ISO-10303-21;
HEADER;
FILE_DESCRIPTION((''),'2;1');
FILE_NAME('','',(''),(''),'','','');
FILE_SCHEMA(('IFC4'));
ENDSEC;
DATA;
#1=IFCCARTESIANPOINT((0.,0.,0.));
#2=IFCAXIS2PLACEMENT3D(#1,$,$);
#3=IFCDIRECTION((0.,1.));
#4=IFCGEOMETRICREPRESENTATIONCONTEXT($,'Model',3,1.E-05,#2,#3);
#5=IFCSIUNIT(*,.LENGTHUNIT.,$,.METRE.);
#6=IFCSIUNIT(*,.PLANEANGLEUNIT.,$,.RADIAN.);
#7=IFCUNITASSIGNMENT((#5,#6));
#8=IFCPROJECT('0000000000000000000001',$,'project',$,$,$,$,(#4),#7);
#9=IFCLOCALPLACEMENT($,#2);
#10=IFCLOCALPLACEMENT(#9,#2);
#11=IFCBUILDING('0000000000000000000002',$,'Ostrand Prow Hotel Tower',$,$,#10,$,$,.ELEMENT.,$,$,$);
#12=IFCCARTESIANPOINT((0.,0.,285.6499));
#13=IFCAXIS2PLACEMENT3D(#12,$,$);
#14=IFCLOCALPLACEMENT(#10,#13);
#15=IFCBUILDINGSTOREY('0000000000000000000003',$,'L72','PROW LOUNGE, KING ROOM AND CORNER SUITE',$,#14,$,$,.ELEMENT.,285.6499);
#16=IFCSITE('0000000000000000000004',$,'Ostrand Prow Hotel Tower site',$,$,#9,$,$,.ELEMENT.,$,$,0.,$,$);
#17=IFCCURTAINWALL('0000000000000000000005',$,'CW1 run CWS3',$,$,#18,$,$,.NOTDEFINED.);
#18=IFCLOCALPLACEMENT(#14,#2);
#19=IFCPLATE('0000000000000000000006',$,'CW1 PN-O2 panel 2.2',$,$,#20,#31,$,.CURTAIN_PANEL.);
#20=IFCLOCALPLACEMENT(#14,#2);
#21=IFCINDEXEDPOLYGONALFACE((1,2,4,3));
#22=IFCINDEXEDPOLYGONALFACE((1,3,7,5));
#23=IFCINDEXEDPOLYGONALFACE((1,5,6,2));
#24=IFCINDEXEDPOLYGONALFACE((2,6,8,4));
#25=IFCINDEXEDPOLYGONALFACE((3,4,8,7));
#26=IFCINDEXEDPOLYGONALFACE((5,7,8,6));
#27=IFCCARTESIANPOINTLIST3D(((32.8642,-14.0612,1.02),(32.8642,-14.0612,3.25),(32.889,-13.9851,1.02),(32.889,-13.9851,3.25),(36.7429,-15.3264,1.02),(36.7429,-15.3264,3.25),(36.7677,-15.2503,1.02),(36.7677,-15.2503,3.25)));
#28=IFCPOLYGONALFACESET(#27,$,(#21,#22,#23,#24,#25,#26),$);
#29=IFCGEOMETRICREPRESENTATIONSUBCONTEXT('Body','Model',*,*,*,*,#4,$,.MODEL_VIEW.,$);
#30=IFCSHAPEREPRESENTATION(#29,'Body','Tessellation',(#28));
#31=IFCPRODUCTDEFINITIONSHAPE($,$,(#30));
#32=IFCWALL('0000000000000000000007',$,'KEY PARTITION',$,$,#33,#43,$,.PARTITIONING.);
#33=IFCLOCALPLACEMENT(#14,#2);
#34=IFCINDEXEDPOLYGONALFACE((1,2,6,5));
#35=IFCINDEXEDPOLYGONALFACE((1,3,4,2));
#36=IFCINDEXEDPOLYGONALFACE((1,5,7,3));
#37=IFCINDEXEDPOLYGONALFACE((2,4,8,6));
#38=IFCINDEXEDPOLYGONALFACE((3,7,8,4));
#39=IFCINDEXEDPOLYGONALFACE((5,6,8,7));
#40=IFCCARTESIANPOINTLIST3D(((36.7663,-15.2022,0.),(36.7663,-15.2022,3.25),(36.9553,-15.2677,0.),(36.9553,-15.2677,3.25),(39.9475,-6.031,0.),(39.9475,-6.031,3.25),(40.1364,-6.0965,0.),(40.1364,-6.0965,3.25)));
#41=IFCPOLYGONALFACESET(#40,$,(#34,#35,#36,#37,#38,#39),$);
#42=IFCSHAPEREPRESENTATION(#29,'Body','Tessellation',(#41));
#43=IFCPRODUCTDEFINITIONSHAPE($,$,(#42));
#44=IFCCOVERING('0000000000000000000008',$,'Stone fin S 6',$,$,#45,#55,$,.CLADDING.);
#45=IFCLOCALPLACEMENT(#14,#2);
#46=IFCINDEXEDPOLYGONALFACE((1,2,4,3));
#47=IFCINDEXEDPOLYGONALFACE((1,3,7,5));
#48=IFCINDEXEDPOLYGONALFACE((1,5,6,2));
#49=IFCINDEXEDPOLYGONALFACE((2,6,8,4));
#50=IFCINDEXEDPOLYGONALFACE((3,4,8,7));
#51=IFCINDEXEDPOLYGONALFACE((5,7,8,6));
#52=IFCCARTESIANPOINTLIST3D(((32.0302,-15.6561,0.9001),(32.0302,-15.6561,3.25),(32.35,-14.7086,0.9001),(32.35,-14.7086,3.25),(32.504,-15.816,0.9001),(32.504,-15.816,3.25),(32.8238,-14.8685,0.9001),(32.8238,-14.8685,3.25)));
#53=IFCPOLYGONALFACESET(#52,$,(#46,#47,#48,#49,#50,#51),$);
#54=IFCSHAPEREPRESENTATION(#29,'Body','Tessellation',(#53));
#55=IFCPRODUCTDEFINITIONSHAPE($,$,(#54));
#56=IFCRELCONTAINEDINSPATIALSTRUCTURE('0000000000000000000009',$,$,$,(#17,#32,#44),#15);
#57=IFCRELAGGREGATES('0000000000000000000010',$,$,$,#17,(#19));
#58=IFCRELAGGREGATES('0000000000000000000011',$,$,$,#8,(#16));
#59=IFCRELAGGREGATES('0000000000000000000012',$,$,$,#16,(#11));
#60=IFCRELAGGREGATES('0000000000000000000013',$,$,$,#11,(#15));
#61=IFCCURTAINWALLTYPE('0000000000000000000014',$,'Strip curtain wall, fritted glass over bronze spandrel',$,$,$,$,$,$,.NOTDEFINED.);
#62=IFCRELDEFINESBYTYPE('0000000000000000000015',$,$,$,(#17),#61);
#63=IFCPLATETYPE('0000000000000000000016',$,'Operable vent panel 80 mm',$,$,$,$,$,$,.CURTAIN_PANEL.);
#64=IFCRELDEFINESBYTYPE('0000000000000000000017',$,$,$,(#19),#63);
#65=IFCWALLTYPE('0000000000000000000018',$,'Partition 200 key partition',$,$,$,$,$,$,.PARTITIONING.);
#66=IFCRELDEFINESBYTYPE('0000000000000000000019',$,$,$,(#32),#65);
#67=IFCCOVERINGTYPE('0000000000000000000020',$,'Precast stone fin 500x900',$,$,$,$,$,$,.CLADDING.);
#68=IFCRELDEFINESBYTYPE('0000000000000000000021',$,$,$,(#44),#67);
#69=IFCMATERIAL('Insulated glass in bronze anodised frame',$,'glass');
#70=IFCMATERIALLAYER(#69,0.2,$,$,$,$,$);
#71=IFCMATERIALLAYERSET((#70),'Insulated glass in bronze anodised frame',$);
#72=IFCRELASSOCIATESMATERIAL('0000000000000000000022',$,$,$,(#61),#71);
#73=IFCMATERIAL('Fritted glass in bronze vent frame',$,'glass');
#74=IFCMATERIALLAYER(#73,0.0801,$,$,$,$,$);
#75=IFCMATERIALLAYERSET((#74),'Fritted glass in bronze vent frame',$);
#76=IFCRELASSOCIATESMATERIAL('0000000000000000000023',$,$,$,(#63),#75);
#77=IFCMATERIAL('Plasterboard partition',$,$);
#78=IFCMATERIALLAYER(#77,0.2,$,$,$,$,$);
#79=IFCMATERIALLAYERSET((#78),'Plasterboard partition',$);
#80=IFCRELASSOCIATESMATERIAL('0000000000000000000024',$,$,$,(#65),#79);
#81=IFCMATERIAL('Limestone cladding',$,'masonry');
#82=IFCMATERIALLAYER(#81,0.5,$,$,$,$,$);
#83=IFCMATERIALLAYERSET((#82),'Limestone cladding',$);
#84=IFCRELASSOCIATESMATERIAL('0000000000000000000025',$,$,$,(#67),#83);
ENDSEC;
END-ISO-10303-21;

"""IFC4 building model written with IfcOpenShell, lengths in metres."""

from ifc_helpers import new_model, si_unit, direction, frame, frame_2d, origin, origin_2d, place, context, subcontext, project, spatial, rectangle, extrude, material, layer, layer_set, type_object, element, aggregate, save


model = new_model("IFC4")

# Units and contexts
model_context = context("Model", 3, precision=1e-05, world=origin(), true_north=direction((0.0, 1.0)))
body_context = subcontext(model_context, "Body", "Model", "MODEL_VIEW")
ifc_project = project(units=[si_unit("LENGTHUNIT", "METRE"), si_unit("PLANEANGLEUNIT", "RADIAN")], contexts=[model_context])

# Site, building, storey
site_placement = place(None, origin())
site = spatial("IfcSite", under=ifc_project, at=site_placement, Name="Ostrand Prow Hotel Tower site", CompositionType="ELEMENT", RefElevation=0.0)
building_placement = place(site_placement, origin())
building = spatial("IfcBuilding", under=site, at=building_placement, Name="Ostrand Prow Hotel Tower", CompositionType="ELEMENT")
storey_placement = place(building_placement, frame((0.0, 0.0, 285.6499)))
storey = spatial("IfcBuildingStorey", under=building, at=storey_placement, Name="L72", Description="PROW LOUNGE, KING ROOM AND CORNER SUITE", CompositionType="ELEMENT", Elevation=285.6499)

# Shared definitions
ifc_material_1 = material(Name="Insulated glass in bronze anodised frame", Category="glass")
ifc_layer_1 = layer(ifc_material_1, 0.2)
ifc_layer_set_1 = layer_set([ifc_layer_1], Name="Insulated glass in bronze anodised frame")
curtain_wall_type = type_object("IfcCurtainWallType", Name="Strip curtain wall, fritted glass over bronze spandrel", PredefinedType="NOTDEFINED", material=ifc_layer_set_1)

# Curtain wall
curtain_wall_1_placement = place(storey_placement, origin())
curtain_wall_1 = element("IfcCurtainWall", 1, at=curtain_wall_1_placement, inside=storey, type_object=curtain_wall_type, Name="CW1 run CWS3", PredefinedType="NOTDEFINED")

# Plate
ifc_material_2 = material(Name="Fritted glass in bronze vent frame", Category="glass")
ifc_layer_2 = layer(ifc_material_2, 0.0801)
ifc_layer_set_2 = layer_set([ifc_layer_2], Name="Fritted glass in bronze vent frame")
plate_type_1 = type_object("IfcPlateType", Name="Operable vent panel 80 mm", PredefinedType="CURTAIN_PANEL", material=ifc_layer_set_2)
plate_1_placement = place(storey_placement, frame((34.8159, -14.6558, 1.02), z_axis=(0.0, 0.0, 1.0), x_axis=(0.9507, -0.310111, 0.0)))
plate_1 = element("IfcPlate", 2, at=plate_1_placement, type_object=plate_type_1, Name="CW1 PN-O2 panel 2.2", PredefinedType="CURTAIN_PANEL", context=body_context, shape_type="SweptSolid", body=[
    extrude(rectangle(XDim=4.0798, YDim=0.0801, at=origin_2d()), origin(), (0.0, 0.0, 1.0), 2.23),
])
aggregate(curtain_wall_1, [plate_1])

# Wall
ifc_material_3 = material(Name="Plasterboard partition")
ifc_layer_3 = layer(ifc_material_3, 0.2)
ifc_layer_set_3 = layer_set([ifc_layer_3], Name="Plasterboard partition")
wall_type = type_object("IfcWallType", Name="Partition 200 key partition", PredefinedType="PARTITIONING", material=ifc_layer_set_3)
wall_placement = place(storey_placement, frame((36.8608, -15.2349, 0.0), z_axis=(0.0, 0.0, 1.0), x_axis=(0.327711, 0.944778, 0.0)))
element("IfcWall", 3, at=wall_placement, inside=storey, type_object=wall_type, Name="KEY PARTITION", PredefinedType="PARTITIONING", context=body_context, shape_type="SweptSolid", body=[
    extrude(rectangle(XDim=9.7073, YDim=0.2, at=frame_2d((4.8535, 0.0))), origin(), (0.0, 0.0, 1.0), 3.25),
])

# Covering
ifc_material_4 = material(Name="Limestone cladding", Category="masonry")
ifc_layer_4 = layer(ifc_material_4, 0.5)
ifc_layer_set_4 = layer_set([ifc_layer_4], Name="Limestone cladding")
covering_type = type_object("IfcCoveringType", Name="Precast stone fin 500x900", PredefinedType="CLADDING", material=ifc_layer_set_4)
covering_placement = place(storey_placement, frame((32.5869, -14.7886, 0.9001), z_axis=(0.0, 0.0, 1.0), x_axis=(-0.319814, -0.94748, 0.0)))
element("IfcCovering", 4, at=covering_placement, inside=storey, type_object=covering_type, Name="Stone fin S 6", PredefinedType="CLADDING", context=body_context, shape_type="SweptSolid", body=[
    extrude(rectangle(XDim=1.0, YDim=0.5, at=frame_2d((0.5, 0.0))), origin(), (0.0, 0.0, 1.0), 2.3499),
])

save(model, "model.ifc")
